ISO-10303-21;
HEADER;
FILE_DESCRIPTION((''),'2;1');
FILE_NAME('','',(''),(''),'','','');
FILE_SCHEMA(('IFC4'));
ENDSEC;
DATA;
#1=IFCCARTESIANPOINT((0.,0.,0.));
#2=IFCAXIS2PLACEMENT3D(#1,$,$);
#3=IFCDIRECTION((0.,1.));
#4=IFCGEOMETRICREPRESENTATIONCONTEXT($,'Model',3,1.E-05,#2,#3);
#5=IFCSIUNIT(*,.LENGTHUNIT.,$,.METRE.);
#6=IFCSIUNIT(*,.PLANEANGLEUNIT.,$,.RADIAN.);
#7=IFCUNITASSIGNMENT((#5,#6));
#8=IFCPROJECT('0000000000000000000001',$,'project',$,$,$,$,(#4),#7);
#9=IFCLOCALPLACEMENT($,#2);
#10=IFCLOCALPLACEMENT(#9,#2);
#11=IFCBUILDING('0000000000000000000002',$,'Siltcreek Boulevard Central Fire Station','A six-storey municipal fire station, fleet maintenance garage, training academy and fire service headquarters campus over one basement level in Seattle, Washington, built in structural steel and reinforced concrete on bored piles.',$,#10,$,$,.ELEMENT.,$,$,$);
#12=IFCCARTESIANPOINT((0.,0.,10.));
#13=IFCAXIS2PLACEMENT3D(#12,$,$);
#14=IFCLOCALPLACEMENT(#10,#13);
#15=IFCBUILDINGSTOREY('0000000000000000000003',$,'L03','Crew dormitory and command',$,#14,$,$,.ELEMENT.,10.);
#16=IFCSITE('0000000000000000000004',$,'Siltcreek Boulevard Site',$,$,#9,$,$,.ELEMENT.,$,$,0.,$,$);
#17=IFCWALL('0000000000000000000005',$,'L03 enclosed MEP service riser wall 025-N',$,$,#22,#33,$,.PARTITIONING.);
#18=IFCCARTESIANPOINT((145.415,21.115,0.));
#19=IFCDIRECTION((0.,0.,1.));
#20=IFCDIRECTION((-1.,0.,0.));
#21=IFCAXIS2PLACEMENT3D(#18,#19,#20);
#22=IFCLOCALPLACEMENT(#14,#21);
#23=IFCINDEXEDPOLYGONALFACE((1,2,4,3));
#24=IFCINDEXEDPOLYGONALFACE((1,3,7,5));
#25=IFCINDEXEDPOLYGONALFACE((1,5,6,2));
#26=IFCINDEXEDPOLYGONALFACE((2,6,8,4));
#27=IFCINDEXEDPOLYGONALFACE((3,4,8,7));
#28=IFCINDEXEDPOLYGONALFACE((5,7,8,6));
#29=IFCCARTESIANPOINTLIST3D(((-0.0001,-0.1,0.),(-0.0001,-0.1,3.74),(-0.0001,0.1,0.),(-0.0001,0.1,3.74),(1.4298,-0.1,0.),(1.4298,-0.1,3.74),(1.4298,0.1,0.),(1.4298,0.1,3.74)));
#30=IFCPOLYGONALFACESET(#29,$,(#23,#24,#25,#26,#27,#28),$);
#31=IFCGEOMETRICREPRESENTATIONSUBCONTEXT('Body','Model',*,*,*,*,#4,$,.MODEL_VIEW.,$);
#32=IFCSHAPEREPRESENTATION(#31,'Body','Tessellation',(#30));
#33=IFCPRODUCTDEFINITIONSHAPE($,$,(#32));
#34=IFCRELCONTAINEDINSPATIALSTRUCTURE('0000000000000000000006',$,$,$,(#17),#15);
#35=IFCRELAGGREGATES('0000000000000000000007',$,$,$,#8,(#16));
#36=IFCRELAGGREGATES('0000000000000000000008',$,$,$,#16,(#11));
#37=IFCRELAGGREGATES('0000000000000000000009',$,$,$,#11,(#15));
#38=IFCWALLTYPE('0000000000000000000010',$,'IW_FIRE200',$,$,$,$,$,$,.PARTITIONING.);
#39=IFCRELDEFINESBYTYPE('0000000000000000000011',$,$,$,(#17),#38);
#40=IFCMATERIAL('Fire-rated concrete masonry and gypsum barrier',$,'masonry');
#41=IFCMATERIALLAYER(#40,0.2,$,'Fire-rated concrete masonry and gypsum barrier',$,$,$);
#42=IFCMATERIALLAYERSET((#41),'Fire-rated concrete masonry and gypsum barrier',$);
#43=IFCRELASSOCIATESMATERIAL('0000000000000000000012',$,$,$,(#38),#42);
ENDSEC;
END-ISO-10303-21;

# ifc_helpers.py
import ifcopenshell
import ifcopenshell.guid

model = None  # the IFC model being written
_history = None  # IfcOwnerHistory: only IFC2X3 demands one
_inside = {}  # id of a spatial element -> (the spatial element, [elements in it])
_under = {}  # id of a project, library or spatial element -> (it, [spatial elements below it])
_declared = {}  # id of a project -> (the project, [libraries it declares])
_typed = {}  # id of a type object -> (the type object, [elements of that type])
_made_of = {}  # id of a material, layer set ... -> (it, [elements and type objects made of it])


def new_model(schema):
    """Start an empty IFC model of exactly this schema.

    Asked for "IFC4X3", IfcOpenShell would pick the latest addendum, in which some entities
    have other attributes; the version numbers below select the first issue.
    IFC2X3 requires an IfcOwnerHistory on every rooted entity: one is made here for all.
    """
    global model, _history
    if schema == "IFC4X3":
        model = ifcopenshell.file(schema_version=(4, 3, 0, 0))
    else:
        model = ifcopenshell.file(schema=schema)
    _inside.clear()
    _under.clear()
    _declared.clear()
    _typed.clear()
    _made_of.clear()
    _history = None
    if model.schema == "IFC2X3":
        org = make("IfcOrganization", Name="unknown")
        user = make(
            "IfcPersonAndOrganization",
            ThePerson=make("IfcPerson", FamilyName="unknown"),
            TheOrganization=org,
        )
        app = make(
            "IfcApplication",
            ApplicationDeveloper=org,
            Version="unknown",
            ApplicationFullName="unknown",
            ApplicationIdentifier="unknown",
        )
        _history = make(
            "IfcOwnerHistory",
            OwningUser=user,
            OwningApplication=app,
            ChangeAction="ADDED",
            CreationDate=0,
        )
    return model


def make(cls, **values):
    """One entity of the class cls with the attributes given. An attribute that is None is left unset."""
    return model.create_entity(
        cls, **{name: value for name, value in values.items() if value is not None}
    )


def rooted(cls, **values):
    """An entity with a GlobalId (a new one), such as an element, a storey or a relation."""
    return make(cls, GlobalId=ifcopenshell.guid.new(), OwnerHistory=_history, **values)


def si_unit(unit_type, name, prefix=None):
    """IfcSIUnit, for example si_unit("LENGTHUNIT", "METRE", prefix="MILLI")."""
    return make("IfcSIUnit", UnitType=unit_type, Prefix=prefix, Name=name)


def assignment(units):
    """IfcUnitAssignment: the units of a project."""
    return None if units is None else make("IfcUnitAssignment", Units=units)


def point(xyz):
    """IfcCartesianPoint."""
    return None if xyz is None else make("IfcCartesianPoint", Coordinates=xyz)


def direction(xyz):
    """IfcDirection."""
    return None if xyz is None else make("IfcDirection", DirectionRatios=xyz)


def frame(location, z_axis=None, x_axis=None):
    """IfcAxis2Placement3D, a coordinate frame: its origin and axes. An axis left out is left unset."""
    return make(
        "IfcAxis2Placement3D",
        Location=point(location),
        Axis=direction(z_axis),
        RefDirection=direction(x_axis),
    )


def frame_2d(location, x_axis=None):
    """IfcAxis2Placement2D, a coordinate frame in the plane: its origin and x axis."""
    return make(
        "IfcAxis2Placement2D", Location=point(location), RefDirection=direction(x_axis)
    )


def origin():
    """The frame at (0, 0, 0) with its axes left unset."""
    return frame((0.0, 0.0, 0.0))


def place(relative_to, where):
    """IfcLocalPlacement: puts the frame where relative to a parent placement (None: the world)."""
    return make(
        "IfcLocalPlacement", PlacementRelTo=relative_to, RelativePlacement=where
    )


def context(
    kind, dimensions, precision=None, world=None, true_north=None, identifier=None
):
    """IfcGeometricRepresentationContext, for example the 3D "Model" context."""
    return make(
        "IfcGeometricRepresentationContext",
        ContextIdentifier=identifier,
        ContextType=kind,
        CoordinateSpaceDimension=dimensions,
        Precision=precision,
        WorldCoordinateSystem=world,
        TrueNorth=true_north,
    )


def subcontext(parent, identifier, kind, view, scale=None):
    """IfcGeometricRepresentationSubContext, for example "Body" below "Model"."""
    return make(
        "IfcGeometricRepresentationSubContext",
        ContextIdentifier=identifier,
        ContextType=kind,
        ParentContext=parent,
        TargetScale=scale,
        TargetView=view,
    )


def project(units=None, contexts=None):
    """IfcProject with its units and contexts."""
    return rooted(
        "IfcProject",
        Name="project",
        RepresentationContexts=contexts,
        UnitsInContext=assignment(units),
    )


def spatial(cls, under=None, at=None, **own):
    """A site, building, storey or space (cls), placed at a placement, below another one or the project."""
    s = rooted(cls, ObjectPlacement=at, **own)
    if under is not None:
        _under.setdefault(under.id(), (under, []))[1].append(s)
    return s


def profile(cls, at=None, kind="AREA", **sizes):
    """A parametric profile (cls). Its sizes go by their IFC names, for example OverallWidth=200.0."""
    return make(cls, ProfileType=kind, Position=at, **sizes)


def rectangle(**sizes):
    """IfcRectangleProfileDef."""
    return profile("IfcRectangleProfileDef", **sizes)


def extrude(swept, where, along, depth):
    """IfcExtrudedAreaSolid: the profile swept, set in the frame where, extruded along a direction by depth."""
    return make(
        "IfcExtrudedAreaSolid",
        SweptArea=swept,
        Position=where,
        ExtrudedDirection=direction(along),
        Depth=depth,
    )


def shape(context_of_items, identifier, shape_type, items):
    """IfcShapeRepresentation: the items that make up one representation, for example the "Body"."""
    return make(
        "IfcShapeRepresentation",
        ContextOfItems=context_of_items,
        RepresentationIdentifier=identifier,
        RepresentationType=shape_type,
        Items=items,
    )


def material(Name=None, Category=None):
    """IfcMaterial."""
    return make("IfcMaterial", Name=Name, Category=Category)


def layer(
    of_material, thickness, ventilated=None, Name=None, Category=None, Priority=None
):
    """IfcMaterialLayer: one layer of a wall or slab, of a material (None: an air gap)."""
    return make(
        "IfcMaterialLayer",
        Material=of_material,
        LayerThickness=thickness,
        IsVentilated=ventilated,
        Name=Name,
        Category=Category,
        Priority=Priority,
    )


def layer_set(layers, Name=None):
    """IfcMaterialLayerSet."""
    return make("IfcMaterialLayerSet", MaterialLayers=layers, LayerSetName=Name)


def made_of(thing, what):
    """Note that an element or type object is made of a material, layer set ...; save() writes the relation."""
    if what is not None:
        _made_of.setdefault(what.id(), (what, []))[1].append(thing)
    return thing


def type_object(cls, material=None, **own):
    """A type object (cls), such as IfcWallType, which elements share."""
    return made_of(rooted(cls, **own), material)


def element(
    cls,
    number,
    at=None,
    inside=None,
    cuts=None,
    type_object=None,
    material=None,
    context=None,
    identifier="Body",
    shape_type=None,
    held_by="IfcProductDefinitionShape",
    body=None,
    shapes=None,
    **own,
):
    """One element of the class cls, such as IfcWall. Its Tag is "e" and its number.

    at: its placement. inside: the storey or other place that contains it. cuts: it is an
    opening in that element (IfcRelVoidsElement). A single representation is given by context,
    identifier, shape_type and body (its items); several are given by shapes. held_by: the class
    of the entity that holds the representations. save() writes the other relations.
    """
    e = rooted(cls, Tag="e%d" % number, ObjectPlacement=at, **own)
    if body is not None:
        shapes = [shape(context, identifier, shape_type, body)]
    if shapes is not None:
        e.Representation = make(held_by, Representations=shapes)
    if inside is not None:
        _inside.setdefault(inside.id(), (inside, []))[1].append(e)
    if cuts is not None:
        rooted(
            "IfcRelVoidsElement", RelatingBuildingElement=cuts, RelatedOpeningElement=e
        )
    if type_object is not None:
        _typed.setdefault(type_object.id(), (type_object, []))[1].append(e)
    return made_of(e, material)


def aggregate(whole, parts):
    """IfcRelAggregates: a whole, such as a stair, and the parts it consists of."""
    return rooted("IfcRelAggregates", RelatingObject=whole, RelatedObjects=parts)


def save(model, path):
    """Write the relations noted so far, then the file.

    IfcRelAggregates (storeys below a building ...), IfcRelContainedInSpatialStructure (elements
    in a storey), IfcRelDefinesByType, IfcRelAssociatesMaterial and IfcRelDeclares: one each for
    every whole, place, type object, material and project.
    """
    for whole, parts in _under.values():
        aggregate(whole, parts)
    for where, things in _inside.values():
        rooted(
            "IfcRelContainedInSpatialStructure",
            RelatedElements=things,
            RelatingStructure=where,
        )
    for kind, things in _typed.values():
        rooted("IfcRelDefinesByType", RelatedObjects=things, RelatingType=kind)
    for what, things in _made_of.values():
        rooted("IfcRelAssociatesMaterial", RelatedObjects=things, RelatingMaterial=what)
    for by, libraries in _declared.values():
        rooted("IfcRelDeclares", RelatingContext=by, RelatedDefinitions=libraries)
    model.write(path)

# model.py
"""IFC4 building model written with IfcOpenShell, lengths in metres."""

from ifc_helpers import new_model, si_unit, direction, frame, frame_2d, origin, place, context, subcontext, project, spatial, rectangle, extrude, material, layer, layer_set, type_object, element, save


model = new_model("IFC4")

# Units and contexts
model_context = context("Model", 3, precision=1e-05, world=origin(), true_north=direction((0.0, 1.0)))
body_context = subcontext(model_context, "Body", "Model", "MODEL_VIEW")
ifc_project = project(units=[si_unit("LENGTHUNIT", "METRE"), si_unit("PLANEANGLEUNIT", "RADIAN")], contexts=[model_context])

# Site, building, storey
site_placement = place(None, origin())
site = spatial("IfcSite", under=ifc_project, at=site_placement, Name="Siltcreek Boulevard Site", CompositionType="ELEMENT", RefElevation=0.0)
building_placement = place(site_placement, origin())
building = spatial("IfcBuilding", under=site, at=building_placement, Name="Siltcreek Boulevard Central Fire Station", Description="A six-storey municipal fire station, fleet maintenance garage, training academy and fire service headquarters campus over one basement level in Seattle, Washington, built in structural steel and reinforced concrete on bored piles.", CompositionType="ELEMENT")
storey_placement = place(building_placement, frame((0.0, 0.0, 10.0)))
storey = spatial("IfcBuildingStorey", under=building, at=storey_placement, Name="L03", Description="Crew dormitory and command", CompositionType="ELEMENT", Elevation=10.0)

# Wall
ifc_material_1 = material(Name="Fire-rated concrete masonry and gypsum barrier", Category="masonry")
ifc_layer_1 = layer(ifc_material_1, 0.2, Name="Fire-rated concrete masonry and gypsum barrier")
ifc_layer_set_1 = layer_set([ifc_layer_1], Name="Fire-rated concrete masonry and gypsum barrier")
wall_type_1 = type_object("IfcWallType", Name="IW_FIRE200", PredefinedType="PARTITIONING", material=ifc_layer_set_1)
wall_1_placement = place(storey_placement, frame((145.415, 21.115, 0.0), z_axis=(0.0, 0.0, 1.0), x_axis=(-1.0, 0.0, 0.0)))
element("IfcWall", 1, at=wall_1_placement, inside=storey, type_object=wall_type_1, Name="L03 enclosed MEP service riser wall 025-N", PredefinedType="PARTITIONING", context=body_context, shape_type="SweptSolid", body=[
    extrude(rectangle(XDim=1.4299, YDim=0.2, at=frame_2d((0.7148, 0.0))), origin(), (0.0, 0.0, 1.0), 3.74),
])

save(model, "model.ifc")
